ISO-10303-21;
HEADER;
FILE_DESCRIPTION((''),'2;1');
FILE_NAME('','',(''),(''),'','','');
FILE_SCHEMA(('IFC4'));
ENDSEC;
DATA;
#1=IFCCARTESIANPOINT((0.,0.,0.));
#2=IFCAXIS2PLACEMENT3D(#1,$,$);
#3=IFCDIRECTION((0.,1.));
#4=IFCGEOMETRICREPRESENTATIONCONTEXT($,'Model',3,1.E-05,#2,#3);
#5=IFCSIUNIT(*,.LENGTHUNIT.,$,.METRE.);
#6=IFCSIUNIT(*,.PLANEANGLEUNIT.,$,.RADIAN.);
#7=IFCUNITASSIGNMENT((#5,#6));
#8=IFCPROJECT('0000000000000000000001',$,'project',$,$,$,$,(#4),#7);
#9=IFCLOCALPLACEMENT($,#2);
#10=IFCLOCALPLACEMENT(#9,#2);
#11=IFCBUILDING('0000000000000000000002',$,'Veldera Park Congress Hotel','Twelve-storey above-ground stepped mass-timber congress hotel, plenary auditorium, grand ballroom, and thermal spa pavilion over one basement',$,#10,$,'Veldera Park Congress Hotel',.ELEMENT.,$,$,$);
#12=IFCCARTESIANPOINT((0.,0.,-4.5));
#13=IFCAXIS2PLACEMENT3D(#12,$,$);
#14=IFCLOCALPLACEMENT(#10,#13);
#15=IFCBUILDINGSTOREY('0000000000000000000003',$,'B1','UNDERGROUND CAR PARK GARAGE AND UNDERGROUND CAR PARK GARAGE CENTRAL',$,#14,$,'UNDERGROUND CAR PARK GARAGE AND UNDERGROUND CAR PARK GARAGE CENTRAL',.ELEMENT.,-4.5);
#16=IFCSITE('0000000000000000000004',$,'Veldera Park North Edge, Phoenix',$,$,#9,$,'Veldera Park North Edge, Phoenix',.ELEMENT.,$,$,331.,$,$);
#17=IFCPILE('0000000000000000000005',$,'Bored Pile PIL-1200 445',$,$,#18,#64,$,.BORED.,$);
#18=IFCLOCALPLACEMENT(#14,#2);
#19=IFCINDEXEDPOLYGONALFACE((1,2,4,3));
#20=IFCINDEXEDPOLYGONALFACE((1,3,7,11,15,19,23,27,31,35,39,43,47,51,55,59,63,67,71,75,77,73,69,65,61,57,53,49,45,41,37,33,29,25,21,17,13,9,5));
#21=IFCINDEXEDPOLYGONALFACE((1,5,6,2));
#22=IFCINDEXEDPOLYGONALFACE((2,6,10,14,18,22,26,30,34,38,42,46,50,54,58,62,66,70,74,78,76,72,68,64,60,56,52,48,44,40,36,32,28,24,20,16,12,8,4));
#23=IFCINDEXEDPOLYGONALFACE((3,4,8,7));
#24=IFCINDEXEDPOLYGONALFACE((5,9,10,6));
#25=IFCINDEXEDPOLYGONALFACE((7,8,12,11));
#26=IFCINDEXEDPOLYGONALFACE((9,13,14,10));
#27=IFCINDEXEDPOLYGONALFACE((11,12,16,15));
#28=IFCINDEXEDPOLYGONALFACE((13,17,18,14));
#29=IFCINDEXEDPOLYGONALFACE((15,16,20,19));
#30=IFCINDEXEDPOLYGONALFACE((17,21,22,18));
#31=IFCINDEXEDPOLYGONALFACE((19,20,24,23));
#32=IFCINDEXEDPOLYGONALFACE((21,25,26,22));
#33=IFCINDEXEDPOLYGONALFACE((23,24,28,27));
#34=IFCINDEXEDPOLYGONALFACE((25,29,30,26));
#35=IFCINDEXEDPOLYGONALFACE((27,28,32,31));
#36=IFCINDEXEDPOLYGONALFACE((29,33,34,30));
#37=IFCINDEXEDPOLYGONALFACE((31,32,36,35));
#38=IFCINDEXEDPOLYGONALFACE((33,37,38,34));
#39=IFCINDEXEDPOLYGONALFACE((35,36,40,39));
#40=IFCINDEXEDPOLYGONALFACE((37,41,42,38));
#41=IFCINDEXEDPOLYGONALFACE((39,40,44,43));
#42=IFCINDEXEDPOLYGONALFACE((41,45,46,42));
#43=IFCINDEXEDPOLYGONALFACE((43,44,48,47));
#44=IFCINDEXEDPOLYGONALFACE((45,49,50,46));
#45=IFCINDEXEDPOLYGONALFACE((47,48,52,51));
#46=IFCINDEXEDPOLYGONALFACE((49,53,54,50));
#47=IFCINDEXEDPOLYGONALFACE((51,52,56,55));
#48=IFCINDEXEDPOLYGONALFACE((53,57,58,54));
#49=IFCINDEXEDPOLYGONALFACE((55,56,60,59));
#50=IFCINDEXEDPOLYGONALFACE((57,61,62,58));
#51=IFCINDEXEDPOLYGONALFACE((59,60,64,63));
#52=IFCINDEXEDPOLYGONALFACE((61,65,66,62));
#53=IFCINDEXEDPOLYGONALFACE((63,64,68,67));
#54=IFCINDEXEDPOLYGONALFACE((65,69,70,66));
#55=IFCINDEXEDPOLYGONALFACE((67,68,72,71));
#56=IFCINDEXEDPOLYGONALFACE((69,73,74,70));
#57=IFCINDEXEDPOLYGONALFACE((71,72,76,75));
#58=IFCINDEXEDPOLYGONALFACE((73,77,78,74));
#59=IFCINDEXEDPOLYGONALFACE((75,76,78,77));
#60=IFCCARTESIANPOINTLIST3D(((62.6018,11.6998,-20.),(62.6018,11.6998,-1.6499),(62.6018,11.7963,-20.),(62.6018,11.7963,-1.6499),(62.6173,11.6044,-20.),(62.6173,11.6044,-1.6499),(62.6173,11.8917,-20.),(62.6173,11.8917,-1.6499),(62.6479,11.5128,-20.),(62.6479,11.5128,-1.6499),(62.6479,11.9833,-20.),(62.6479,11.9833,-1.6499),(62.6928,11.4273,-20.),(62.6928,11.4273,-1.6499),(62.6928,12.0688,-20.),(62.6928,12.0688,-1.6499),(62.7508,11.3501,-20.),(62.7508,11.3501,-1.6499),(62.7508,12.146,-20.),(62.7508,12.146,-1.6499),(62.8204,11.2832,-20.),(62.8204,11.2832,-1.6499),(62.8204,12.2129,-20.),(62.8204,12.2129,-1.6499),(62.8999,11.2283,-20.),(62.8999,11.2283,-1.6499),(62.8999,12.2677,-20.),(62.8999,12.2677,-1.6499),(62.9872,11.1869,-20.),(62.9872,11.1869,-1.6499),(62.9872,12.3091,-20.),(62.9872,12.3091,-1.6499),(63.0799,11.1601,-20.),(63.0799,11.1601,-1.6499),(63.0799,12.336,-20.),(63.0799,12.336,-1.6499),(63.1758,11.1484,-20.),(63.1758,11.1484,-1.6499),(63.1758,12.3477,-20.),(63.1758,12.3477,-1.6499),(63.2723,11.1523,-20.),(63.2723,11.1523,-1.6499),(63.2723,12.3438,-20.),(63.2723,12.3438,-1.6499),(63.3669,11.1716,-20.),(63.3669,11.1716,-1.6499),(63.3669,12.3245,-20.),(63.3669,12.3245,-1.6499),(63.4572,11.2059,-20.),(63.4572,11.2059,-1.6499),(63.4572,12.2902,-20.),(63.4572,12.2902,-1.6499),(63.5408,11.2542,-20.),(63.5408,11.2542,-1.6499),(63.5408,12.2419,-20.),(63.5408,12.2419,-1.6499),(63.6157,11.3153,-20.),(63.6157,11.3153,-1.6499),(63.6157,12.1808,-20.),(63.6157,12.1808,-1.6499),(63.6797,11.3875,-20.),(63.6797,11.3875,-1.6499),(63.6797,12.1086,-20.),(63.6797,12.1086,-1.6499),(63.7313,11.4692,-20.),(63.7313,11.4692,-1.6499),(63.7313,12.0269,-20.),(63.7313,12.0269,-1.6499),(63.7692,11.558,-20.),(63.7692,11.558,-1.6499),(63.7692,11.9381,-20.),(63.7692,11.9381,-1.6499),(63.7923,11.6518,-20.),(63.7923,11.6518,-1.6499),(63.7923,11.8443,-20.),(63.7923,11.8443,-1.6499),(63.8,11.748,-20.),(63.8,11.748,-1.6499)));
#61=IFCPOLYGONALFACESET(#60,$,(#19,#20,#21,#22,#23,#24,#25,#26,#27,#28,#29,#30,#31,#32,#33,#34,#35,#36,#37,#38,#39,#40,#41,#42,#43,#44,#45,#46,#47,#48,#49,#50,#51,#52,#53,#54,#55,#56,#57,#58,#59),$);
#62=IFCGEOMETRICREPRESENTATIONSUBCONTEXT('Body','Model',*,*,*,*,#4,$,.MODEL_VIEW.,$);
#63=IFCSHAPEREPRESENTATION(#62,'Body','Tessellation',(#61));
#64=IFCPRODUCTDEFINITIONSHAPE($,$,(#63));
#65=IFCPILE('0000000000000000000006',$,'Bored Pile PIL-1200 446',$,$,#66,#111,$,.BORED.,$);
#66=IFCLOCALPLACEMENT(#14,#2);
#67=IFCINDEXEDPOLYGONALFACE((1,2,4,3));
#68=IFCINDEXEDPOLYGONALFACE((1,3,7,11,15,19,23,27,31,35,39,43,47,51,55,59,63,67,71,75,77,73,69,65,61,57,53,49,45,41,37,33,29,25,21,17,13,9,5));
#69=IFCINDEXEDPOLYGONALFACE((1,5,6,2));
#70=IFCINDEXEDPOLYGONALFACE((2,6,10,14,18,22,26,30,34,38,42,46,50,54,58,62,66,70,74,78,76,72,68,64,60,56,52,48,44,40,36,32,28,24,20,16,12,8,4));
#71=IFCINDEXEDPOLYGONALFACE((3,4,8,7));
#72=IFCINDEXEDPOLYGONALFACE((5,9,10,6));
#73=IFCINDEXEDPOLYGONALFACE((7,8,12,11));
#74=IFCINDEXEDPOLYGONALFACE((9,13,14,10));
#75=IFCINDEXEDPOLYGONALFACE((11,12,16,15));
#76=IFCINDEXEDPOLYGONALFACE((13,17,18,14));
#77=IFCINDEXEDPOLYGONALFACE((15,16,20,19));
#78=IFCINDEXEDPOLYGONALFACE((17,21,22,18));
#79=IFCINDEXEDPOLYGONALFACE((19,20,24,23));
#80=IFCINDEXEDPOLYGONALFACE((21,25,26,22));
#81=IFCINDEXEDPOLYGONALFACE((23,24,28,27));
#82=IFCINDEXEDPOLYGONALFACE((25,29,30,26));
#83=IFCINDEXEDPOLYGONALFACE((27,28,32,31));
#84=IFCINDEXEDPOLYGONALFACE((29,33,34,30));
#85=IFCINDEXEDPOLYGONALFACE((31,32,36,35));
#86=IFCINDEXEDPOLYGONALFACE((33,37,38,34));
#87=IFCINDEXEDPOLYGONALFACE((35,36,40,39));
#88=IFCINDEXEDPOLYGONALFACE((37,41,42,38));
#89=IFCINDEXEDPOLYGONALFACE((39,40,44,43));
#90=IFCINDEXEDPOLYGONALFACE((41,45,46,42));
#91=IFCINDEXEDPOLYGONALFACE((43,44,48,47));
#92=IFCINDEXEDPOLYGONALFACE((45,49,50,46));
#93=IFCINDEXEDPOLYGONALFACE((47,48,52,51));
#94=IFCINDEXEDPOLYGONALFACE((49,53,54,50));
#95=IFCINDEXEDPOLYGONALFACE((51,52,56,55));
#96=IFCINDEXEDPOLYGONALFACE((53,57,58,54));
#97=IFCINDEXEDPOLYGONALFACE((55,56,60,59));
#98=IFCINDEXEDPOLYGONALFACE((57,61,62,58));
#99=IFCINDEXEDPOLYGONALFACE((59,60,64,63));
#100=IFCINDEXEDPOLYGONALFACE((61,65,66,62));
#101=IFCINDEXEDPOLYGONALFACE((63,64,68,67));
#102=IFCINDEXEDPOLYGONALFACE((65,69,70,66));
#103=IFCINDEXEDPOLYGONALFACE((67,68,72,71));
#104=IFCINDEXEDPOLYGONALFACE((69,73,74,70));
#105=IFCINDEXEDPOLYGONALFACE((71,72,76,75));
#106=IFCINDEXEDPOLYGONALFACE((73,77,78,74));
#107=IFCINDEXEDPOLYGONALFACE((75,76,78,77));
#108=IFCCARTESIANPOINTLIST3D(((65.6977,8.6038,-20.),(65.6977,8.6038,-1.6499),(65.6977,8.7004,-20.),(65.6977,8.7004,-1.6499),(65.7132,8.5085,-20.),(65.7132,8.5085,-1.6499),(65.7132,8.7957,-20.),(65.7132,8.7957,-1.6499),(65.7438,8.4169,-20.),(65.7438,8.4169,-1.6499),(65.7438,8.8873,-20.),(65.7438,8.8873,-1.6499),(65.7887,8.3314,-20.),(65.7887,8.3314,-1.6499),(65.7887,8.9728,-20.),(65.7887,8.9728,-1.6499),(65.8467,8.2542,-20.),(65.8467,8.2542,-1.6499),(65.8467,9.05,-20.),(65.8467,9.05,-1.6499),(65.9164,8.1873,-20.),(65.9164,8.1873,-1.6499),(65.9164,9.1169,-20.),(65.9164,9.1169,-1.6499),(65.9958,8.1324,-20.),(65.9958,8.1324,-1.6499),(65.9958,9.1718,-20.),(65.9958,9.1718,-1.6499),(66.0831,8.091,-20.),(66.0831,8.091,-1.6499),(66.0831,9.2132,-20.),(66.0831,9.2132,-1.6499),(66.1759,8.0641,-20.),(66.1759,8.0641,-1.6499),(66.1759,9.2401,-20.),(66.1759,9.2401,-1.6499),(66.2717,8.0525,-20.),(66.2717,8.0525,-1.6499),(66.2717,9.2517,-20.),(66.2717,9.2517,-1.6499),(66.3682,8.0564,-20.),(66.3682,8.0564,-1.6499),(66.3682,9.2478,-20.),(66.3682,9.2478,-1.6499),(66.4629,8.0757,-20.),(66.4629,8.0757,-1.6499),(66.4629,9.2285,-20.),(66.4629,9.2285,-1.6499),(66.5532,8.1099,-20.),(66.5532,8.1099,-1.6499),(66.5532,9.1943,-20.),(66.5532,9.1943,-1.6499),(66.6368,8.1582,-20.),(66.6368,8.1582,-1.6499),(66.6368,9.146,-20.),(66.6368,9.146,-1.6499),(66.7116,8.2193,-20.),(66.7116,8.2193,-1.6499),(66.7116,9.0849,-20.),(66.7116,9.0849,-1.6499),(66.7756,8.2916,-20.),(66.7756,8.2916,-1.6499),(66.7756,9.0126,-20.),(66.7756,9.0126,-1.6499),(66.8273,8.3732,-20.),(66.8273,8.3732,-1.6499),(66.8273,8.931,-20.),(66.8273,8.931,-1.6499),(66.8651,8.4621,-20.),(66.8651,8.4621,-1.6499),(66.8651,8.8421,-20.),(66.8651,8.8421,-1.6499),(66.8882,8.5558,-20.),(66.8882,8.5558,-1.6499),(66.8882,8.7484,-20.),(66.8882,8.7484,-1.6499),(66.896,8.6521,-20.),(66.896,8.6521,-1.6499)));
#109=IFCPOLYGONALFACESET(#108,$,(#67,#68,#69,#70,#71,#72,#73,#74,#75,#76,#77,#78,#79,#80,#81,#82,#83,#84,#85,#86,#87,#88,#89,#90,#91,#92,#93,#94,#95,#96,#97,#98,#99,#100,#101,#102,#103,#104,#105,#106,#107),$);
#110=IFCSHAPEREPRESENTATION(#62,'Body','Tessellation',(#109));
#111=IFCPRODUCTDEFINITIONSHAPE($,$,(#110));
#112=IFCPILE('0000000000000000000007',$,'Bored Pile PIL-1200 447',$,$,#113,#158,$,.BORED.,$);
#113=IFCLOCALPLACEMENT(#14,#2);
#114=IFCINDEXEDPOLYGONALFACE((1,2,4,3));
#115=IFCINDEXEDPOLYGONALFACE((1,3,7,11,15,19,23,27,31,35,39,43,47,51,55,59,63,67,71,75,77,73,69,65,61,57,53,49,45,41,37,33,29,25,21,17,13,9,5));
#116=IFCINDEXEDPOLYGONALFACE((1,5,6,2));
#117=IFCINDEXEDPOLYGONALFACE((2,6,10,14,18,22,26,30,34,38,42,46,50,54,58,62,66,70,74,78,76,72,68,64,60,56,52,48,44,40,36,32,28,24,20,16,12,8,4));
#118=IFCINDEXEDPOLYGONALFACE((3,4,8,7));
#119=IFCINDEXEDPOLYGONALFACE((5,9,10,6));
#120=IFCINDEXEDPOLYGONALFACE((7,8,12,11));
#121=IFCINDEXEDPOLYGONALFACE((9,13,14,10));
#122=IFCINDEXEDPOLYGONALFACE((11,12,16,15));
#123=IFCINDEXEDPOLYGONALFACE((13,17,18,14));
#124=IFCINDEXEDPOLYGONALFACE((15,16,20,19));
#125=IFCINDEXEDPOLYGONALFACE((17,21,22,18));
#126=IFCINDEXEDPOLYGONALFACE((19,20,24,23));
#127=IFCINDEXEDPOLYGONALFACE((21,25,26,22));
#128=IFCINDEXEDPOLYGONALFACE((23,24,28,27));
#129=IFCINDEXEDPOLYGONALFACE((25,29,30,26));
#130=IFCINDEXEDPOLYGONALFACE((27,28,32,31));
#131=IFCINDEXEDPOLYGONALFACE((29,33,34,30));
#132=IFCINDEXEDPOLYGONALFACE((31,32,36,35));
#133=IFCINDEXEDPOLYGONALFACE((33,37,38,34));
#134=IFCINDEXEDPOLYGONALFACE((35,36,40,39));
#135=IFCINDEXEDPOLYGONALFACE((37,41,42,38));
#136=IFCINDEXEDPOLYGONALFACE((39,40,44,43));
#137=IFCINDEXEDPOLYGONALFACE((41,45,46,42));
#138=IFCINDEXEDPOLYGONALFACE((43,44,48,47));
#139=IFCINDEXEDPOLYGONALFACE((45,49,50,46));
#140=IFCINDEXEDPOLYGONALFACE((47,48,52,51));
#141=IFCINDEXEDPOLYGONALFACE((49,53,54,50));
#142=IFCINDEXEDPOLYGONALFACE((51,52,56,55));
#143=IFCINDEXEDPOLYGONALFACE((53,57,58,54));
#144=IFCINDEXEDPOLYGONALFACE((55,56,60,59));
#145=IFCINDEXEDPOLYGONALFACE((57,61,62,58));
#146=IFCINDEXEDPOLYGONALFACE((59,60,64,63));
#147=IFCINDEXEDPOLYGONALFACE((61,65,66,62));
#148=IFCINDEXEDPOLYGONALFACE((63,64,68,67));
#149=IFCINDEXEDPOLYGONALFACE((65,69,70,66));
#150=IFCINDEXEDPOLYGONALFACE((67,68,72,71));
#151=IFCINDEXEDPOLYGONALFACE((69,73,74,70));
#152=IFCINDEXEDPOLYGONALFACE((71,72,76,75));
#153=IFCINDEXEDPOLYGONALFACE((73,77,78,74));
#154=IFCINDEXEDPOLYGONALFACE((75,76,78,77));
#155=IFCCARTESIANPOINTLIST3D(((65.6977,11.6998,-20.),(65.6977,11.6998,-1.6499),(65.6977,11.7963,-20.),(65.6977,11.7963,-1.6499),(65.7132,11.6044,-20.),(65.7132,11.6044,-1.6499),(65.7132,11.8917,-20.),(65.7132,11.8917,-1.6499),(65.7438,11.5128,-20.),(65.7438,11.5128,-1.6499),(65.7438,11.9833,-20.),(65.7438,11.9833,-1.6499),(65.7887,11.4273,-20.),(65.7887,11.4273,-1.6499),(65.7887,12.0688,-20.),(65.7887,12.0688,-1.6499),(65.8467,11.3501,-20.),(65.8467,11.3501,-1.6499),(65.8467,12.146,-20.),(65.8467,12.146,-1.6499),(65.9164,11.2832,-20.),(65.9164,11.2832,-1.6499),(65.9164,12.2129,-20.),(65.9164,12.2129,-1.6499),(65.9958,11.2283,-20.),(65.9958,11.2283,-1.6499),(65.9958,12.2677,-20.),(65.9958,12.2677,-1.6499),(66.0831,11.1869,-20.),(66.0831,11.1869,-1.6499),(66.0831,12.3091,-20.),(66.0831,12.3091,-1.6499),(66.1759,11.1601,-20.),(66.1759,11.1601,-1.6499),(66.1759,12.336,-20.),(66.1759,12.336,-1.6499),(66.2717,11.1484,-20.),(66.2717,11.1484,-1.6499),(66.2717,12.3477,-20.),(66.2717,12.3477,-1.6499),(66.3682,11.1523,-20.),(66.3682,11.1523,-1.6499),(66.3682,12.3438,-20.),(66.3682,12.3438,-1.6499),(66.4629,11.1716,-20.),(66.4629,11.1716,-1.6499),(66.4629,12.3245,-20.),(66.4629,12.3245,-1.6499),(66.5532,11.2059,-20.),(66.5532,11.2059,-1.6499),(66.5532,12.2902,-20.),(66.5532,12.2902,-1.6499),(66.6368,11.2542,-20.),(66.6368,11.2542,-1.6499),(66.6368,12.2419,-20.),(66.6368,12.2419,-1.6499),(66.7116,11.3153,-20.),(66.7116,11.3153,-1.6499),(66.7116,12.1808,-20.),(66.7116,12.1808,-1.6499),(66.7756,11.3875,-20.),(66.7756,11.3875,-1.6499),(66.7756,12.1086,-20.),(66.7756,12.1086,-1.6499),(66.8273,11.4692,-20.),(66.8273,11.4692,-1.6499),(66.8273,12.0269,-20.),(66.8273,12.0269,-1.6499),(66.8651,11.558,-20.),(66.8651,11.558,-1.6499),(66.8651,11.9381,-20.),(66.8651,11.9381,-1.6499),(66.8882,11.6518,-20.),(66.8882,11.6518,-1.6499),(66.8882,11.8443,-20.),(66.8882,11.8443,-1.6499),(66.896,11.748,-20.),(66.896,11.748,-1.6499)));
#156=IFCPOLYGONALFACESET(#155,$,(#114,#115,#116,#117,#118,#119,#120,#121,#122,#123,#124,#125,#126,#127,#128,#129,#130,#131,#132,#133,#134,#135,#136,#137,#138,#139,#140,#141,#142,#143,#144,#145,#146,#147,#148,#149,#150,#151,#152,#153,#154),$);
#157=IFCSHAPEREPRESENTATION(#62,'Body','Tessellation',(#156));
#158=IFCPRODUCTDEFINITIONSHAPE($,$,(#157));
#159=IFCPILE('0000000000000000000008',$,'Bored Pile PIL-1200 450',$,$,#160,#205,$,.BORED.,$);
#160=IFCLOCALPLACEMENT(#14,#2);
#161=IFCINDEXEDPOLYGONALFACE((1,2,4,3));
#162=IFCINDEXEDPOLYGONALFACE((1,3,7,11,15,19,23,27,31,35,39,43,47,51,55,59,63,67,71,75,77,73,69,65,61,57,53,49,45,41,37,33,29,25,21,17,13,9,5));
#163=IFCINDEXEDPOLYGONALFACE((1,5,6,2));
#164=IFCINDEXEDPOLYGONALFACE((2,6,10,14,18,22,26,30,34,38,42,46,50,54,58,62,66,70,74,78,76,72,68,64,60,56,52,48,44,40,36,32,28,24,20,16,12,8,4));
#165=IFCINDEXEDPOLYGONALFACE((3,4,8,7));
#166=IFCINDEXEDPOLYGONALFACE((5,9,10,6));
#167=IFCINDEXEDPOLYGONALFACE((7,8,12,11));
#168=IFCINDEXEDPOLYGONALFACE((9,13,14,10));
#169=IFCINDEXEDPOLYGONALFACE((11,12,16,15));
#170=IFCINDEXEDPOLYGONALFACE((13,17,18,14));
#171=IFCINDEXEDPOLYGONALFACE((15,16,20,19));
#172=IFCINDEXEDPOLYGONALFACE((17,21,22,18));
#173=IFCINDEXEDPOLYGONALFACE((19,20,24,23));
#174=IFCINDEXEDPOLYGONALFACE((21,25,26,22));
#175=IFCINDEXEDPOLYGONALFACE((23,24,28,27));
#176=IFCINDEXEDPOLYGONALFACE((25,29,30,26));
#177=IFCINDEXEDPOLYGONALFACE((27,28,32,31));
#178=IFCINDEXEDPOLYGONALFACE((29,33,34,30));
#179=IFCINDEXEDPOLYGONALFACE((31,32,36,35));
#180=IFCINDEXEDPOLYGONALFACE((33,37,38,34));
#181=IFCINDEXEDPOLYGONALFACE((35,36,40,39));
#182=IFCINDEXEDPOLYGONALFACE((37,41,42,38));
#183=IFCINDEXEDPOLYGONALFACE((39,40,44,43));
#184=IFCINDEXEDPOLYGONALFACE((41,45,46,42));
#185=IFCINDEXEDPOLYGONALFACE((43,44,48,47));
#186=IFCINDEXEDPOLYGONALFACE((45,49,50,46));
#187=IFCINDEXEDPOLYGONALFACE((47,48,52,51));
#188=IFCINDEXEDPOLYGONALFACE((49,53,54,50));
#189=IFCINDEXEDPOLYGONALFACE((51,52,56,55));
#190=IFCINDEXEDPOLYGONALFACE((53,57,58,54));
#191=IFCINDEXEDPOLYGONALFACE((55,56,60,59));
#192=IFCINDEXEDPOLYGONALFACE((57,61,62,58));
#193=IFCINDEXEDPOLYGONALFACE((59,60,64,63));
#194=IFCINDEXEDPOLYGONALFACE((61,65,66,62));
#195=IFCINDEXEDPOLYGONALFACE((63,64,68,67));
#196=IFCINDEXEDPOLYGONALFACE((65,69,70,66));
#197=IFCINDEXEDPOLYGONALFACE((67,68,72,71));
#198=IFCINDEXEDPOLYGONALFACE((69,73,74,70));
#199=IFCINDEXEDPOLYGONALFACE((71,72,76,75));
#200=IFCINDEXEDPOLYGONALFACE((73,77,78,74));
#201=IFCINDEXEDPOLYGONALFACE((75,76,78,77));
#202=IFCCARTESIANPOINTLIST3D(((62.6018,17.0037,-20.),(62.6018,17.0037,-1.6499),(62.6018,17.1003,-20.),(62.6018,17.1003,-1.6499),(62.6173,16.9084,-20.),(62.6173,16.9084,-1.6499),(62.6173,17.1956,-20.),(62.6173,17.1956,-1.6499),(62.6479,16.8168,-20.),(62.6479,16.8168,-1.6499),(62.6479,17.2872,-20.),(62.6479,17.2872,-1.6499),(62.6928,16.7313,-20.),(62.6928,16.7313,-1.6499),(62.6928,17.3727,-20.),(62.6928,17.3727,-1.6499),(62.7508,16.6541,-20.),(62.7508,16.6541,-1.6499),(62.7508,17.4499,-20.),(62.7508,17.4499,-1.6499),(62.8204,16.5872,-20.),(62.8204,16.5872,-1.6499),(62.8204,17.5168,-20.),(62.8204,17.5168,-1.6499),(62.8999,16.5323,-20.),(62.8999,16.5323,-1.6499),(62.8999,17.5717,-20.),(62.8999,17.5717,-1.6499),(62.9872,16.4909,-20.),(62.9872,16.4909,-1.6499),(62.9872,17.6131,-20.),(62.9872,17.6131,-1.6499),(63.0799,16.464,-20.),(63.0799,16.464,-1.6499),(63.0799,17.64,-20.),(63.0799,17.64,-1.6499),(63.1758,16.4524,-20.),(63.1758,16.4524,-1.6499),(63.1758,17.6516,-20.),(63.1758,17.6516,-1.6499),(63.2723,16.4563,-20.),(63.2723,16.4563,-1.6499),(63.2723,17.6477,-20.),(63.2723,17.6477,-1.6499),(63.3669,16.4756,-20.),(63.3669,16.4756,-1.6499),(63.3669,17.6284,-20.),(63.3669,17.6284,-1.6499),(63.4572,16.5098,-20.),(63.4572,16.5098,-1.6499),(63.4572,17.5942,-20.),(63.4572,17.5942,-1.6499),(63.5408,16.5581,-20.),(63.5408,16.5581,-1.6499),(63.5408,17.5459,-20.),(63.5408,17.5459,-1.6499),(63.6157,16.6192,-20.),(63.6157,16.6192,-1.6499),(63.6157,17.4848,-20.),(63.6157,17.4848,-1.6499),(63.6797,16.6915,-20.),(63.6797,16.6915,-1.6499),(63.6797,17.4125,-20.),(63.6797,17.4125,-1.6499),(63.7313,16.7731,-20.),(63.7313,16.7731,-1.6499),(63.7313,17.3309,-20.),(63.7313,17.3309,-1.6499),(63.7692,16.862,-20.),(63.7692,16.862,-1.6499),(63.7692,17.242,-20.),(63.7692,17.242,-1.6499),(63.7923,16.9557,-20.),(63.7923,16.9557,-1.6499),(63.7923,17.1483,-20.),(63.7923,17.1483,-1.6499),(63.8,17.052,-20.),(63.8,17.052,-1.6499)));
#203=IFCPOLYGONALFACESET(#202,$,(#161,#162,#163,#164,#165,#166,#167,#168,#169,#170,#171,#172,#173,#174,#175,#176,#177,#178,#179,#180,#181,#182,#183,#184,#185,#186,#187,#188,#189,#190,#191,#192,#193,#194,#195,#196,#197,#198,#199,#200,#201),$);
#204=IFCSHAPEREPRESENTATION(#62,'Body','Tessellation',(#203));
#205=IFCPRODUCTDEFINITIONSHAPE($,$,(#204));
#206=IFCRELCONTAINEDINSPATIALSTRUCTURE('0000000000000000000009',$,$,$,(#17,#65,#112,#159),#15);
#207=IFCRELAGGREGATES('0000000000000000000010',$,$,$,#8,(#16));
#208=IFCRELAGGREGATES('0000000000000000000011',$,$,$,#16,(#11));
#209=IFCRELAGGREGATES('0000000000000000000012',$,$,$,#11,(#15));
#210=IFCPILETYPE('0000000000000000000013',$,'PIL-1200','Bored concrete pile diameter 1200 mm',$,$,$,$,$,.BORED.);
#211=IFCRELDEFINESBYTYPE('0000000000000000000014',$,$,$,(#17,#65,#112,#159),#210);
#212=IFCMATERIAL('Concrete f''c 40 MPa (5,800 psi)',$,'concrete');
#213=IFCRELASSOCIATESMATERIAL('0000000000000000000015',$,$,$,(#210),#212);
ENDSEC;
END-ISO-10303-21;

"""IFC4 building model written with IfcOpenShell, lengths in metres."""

from ifc_helpers import new_model, si_unit, direction, frame, origin, origin_2d, place, context, subcontext, project, spatial, circle, extrude, material, material_profile, profile_set, type_object, element, save


model = new_model("IFC4")

# Units and contexts
model_context = context("Model", 3, precision=1e-05, world=origin(), true_north=direction((0.0, 1.0)))
body_context = subcontext(model_context, "Body", "Model", "MODEL_VIEW")
ifc_project = project(units=[si_unit("LENGTHUNIT", "METRE"), si_unit("PLANEANGLEUNIT", "RADIAN")], contexts=[model_context])

# Site, building, storey
site_placement = place(None, origin())
site = spatial("IfcSite", under=ifc_project, at=site_placement, Name="Veldera Park North Edge, Phoenix", LongName="Veldera Park North Edge, Phoenix", CompositionType="ELEMENT", RefElevation=331.0)
building_placement = place(site_placement, origin())
building = spatial("IfcBuilding", under=site, at=building_placement, Name="Veldera Park Congress Hotel", Description="Twelve-storey above-ground stepped mass-timber congress hotel, plenary auditorium, grand ballroom, and thermal spa pavilion over one basement", LongName="Veldera Park Congress Hotel", CompositionType="ELEMENT")
storey_placement = place(building_placement, frame((0.0, 0.0, -4.5)))
storey = spatial("IfcBuildingStorey", under=building, at=storey_placement, Name="B1", Description="UNDERGROUND CAR PARK GARAGE AND UNDERGROUND CAR PARK GARAGE CENTRAL", LongName="UNDERGROUND CAR PARK GARAGE AND UNDERGROUND CAR PARK GARAGE CENTRAL", CompositionType="ELEMENT", Elevation=-4.5)

# Shared definitions
ifc_material_1 = material(Name="Concrete f'c 40 MPa (5,800 psi)", Category="concrete")

# Piles
ifc_material_profile_1 = material_profile(ifc_material_1, circle(Radius=0.6001, at=origin_2d()), Name="PILE D1200")
ifc_profile_set_1 = profile_set([ifc_material_profile_1], Name="Concrete f'c 40 MPa (5,800 psi)")
pile_type = type_object("IfcPileType", Name="PIL-1200", Description="Bored concrete pile diameter 1200 mm", PredefinedType="BORED", material=ifc_profile_set_1)
for number, where, z_axis, x_axis, name in (
    (1, (63.2, 11.748, -1.6499), (0.0, 0.0, -1.0), (1.0, 0.0, 0.0), "Bored Pile PIL-1200 445"),
    (2, (66.2959, 8.6521, -1.6499), (0.0, 0.0, -1.0), (1.0, 0.0, 0.0), "Bored Pile PIL-1200 446"),
    (3, (66.2959, 11.748, -1.6499), (0.0, 0.0, -1.0), (1.0, 0.0, 0.0), "Bored Pile PIL-1200 447"),
    (4, (63.2, 17.052, -1.6499), (0.0, 0.0, -1.0), (1.0, 0.0, 0.0), "Bored Pile PIL-1200 450"),
):
    element("IfcPile", number, at=place(storey_placement, frame(where, z_axis=z_axis, x_axis=x_axis)), inside=storey, type_object=pile_type, Name=name, PredefinedType="BORED", context=body_context, shape_type="SweptSolid", body=[
        extrude(circle(Radius=0.6001, at=origin_2d()), origin(), (0.0, 0.0, 1.0), 18.3501),
    ])

save(model, "model.ifc")
